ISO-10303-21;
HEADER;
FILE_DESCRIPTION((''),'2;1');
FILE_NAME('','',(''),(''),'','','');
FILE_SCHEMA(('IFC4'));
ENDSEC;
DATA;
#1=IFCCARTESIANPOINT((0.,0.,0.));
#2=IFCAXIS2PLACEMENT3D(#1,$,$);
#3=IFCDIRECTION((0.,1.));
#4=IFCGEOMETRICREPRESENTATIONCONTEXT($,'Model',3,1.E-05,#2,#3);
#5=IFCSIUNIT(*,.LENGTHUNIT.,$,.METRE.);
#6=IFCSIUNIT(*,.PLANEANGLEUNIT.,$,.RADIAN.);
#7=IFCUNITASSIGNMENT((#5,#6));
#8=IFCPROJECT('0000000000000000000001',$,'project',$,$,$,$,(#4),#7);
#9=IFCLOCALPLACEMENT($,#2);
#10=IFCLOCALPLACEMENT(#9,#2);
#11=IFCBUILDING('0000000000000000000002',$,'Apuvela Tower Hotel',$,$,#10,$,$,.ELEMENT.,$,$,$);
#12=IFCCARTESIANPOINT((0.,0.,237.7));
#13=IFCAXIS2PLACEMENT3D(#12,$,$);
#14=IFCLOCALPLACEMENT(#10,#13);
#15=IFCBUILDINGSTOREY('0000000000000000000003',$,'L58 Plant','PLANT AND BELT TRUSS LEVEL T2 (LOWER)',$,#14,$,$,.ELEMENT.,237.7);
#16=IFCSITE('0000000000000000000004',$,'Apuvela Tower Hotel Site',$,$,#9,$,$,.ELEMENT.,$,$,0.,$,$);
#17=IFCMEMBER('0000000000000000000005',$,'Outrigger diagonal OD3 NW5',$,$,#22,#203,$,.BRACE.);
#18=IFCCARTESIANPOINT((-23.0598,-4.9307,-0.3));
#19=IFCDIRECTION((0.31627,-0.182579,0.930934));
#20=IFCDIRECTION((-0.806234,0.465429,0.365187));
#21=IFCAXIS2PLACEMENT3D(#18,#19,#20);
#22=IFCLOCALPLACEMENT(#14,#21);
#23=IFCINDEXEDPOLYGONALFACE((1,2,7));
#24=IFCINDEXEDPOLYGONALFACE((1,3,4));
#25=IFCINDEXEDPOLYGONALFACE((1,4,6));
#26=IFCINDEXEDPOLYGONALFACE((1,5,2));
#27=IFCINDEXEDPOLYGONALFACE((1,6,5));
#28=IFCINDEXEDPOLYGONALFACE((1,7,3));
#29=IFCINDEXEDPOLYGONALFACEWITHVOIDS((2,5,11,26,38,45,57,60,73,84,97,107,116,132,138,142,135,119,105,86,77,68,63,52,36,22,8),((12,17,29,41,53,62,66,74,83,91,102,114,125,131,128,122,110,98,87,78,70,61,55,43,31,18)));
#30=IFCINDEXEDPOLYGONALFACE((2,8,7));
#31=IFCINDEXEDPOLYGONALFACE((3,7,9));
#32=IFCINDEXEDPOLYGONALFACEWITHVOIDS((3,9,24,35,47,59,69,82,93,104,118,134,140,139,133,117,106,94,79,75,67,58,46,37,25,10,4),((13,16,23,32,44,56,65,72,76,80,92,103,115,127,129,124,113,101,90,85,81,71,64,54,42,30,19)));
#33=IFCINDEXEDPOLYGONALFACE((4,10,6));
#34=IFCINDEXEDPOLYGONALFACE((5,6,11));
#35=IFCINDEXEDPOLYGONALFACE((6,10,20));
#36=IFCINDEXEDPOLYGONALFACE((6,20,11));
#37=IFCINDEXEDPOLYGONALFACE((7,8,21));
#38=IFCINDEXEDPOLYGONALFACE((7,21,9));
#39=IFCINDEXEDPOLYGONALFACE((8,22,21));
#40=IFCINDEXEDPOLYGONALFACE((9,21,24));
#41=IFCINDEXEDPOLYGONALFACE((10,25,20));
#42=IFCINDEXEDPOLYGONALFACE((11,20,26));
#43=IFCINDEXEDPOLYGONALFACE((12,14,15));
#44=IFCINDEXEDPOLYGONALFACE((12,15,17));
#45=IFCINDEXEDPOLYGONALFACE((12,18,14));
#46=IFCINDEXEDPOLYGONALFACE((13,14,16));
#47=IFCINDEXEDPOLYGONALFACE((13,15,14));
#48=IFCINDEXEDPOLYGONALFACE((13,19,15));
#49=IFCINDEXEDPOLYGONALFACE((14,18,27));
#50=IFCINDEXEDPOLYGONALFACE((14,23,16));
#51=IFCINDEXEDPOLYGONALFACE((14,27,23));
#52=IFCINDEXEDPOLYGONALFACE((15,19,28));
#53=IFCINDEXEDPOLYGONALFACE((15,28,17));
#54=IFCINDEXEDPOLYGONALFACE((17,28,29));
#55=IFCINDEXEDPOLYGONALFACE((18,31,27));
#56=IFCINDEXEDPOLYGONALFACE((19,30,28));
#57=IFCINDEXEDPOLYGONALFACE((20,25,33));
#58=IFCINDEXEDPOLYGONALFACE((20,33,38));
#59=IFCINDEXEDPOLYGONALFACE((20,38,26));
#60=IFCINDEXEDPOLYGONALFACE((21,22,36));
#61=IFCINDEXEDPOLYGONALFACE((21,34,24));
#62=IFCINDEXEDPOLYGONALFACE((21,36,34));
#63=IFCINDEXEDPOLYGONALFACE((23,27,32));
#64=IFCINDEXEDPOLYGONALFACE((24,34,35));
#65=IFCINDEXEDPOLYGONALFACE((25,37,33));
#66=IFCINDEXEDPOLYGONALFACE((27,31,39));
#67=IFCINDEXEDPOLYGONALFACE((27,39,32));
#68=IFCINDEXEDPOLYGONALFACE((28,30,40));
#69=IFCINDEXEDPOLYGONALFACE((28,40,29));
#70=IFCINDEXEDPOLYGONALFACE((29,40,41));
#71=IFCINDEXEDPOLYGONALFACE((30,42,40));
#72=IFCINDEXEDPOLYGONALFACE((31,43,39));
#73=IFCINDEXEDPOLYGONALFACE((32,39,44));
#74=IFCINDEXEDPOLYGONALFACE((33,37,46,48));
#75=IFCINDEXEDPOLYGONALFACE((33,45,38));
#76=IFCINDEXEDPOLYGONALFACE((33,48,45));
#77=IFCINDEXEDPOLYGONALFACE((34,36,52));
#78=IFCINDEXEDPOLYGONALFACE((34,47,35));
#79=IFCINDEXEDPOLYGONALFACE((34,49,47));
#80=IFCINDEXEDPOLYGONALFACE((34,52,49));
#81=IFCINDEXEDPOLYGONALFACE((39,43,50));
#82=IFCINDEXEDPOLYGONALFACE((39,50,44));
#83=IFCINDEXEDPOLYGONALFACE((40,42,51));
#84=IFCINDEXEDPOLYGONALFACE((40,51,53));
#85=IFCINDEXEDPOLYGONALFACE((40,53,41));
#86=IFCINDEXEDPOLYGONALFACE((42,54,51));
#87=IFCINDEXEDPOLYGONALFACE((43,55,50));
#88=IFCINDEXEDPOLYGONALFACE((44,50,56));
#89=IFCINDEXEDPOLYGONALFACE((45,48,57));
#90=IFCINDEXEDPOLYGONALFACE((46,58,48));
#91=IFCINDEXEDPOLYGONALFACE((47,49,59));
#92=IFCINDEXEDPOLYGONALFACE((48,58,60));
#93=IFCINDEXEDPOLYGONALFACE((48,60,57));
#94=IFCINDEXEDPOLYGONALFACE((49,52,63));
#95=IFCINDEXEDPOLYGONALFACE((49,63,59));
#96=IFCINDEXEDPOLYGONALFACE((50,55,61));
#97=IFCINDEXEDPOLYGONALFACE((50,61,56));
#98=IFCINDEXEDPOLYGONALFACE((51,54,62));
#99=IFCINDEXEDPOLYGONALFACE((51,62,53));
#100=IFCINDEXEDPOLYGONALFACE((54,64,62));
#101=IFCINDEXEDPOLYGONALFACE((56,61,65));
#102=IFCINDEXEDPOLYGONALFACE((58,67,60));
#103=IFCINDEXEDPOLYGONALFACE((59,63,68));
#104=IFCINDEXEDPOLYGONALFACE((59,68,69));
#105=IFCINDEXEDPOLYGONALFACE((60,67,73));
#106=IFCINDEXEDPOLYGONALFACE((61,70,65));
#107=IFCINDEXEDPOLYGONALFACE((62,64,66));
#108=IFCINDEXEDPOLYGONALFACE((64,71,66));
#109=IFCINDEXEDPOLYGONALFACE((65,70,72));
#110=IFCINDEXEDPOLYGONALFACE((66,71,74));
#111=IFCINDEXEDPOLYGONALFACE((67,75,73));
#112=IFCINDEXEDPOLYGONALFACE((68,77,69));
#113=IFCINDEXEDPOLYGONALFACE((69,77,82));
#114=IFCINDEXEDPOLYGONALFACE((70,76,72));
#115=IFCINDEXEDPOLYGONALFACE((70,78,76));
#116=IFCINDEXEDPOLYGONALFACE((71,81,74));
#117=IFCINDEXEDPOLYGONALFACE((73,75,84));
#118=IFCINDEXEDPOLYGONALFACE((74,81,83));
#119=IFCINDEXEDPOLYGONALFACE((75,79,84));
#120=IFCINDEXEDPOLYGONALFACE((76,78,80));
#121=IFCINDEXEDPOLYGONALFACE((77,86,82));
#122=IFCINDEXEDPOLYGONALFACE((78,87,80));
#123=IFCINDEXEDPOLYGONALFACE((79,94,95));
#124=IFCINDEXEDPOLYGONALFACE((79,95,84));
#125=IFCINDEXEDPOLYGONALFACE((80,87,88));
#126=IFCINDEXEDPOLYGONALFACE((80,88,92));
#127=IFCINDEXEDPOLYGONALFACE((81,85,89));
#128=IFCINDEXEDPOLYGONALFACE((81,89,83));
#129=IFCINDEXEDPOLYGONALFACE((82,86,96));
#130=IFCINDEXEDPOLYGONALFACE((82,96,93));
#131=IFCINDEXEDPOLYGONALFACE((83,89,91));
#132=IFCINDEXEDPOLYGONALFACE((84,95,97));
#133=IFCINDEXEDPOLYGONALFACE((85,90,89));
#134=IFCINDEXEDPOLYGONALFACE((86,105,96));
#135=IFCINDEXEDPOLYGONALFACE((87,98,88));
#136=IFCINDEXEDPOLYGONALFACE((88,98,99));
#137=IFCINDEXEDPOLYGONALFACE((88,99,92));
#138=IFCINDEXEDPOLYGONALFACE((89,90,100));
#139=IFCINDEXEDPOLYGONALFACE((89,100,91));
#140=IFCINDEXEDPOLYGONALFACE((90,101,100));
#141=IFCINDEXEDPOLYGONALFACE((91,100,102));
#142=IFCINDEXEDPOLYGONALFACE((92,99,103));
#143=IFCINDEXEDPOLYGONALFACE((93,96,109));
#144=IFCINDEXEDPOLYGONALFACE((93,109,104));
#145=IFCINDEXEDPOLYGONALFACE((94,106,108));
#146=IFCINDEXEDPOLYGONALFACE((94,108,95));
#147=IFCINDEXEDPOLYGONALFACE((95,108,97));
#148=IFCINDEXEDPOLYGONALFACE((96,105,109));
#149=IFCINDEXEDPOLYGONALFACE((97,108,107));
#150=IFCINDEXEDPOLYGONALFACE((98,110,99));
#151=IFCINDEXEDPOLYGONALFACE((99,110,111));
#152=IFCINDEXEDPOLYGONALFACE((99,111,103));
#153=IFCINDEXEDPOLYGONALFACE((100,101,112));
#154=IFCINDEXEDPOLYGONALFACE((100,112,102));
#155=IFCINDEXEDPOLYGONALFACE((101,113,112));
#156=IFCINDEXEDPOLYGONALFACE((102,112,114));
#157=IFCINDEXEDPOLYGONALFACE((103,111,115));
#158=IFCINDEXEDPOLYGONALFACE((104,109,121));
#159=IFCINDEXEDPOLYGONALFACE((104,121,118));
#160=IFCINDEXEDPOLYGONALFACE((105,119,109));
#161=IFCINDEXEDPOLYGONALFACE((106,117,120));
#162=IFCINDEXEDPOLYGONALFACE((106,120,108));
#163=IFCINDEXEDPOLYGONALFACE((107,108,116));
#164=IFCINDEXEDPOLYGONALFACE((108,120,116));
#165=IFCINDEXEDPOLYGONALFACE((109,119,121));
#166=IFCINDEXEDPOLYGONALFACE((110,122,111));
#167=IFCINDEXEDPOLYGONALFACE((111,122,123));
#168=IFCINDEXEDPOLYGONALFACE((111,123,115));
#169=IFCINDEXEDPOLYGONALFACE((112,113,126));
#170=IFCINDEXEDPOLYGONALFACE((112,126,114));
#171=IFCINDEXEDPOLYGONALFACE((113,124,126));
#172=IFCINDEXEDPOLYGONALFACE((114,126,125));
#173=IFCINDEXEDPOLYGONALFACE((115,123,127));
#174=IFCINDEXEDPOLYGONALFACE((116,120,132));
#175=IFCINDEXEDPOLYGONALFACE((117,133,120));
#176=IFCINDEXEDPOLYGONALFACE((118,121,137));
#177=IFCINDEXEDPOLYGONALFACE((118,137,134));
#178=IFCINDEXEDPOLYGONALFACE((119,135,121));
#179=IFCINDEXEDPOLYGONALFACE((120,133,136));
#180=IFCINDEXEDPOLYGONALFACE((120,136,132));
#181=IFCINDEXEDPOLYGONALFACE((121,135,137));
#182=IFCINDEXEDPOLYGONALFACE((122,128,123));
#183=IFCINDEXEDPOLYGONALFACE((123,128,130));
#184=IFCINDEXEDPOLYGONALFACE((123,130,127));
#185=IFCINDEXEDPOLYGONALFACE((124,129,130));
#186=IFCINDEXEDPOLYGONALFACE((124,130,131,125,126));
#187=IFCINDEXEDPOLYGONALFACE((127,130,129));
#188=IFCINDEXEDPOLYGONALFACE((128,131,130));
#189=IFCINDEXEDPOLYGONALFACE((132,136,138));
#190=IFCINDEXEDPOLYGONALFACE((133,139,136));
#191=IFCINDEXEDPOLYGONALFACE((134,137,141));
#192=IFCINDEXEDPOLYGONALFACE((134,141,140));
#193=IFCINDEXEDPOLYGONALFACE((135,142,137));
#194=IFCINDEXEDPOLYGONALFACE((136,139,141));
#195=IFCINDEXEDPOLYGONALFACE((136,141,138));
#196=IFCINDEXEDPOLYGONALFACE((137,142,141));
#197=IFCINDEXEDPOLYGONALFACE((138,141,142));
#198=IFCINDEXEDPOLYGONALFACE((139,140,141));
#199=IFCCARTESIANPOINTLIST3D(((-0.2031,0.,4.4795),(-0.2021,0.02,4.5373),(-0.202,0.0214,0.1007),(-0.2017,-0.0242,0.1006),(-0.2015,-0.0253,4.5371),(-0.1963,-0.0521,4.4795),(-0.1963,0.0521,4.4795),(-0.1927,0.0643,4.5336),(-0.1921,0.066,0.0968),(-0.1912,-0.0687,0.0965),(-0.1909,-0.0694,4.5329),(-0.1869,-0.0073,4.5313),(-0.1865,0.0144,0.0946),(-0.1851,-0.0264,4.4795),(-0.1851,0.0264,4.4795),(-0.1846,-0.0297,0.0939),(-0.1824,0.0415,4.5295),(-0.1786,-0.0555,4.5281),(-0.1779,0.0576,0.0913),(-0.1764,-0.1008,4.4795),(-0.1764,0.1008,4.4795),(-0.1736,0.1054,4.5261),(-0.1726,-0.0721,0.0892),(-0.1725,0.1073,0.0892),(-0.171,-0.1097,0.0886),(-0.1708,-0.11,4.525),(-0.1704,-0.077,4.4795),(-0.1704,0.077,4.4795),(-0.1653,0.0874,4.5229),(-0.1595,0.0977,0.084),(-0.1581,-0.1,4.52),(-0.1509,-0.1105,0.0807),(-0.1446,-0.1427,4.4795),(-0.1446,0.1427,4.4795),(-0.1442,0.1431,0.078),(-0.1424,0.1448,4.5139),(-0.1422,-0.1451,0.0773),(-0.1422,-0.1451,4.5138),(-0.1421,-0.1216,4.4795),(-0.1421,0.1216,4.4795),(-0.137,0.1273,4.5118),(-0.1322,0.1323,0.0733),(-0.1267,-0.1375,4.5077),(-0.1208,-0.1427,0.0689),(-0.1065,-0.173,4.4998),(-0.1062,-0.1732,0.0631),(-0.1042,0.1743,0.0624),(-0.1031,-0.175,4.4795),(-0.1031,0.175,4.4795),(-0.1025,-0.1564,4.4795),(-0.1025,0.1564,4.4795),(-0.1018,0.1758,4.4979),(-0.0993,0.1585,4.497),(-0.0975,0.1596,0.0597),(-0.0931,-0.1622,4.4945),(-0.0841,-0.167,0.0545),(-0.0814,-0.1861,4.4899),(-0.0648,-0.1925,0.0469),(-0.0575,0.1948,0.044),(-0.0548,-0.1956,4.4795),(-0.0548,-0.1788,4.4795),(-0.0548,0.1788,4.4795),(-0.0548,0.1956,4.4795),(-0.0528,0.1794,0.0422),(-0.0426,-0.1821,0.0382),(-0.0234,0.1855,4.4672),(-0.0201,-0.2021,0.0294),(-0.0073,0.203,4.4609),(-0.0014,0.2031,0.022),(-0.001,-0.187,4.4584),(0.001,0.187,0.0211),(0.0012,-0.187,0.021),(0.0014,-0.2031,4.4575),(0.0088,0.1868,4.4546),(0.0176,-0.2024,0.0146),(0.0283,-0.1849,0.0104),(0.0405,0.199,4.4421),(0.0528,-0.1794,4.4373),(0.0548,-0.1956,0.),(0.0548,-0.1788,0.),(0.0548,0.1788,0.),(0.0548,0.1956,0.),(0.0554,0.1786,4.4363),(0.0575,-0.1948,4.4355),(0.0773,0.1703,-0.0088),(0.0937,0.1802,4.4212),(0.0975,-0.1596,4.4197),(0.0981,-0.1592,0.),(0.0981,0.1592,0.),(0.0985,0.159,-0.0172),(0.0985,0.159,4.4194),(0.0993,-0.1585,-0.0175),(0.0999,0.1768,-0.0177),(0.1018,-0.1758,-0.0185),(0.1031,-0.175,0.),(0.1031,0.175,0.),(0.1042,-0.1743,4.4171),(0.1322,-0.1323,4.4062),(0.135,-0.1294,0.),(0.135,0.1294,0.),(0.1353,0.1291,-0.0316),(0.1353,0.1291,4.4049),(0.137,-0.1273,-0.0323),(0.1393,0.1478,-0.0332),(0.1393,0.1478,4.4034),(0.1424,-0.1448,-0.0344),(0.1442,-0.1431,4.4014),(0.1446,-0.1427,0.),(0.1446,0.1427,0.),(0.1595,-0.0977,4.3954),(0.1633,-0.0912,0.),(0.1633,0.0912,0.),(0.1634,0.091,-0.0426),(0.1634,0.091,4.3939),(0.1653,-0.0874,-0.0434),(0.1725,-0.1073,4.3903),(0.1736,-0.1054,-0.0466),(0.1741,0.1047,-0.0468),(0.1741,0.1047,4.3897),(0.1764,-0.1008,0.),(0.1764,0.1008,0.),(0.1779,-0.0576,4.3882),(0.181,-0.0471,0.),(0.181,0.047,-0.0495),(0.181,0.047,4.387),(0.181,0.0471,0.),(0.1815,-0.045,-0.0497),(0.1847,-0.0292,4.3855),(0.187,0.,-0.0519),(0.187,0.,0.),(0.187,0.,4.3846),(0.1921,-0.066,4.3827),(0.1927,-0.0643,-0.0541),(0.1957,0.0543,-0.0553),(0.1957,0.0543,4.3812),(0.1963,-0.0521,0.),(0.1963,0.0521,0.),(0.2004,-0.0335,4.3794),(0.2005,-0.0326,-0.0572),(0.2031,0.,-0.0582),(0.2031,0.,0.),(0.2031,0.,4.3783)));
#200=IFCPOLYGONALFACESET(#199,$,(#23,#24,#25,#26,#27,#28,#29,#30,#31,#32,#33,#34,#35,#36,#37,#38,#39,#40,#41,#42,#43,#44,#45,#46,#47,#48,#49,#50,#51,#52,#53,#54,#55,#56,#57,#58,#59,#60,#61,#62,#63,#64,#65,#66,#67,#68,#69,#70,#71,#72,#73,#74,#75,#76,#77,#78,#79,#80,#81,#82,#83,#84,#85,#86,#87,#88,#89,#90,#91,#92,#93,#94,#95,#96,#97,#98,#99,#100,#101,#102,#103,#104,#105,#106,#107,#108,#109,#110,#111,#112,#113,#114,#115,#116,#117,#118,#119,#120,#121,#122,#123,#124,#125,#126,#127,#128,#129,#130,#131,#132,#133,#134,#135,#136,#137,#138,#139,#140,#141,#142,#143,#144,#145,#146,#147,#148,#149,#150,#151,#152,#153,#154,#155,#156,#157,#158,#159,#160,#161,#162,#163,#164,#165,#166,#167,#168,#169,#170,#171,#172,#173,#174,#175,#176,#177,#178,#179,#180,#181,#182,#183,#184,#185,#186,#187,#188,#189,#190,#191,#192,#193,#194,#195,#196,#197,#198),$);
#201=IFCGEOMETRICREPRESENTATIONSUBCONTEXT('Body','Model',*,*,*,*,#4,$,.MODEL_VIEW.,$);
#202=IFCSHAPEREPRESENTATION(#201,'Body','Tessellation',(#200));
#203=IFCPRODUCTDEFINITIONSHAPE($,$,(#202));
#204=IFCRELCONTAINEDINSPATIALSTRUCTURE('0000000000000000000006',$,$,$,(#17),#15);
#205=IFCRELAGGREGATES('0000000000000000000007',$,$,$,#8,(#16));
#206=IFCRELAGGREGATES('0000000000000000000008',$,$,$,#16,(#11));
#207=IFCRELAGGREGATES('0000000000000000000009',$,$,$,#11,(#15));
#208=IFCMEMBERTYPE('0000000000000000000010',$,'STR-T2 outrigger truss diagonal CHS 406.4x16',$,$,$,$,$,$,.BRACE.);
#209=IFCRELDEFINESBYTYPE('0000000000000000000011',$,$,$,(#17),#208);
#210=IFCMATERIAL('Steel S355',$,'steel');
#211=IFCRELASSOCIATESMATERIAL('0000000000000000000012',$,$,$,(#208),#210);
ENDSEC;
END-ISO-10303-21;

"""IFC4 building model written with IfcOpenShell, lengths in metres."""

from ifc_helpers import new_model, si_unit, direction, frame, origin, origin_2d, place, context, subcontext, project, spatial, hollow_circle, extrude, boolean, halfspace, material, material_profile, profile_set, type_object, element, save


model = new_model("IFC4")

# Units and contexts
model_context = context("Model", 3, precision=1e-05, world=origin(), true_north=direction((0.0, 1.0)))
body_context = subcontext(model_context, "Body", "Model", "MODEL_VIEW")
ifc_project = project(units=[si_unit("LENGTHUNIT", "METRE"), si_unit("PLANEANGLEUNIT", "RADIAN")], contexts=[model_context])

# Site, building, storey
site_placement = place(None, origin())
site = spatial("IfcSite", under=ifc_project, at=site_placement, Name="Apuvela Tower Hotel Site", CompositionType="ELEMENT", RefElevation=0.0)
building_placement = place(site_placement, origin())
building = spatial("IfcBuilding", under=site, at=building_placement, Name="Apuvela Tower Hotel", CompositionType="ELEMENT")
storey_placement = place(building_placement, frame((0.0, 0.0, 237.7)))
storey = spatial("IfcBuildingStorey", under=building, at=storey_placement, Name="L58 Plant", Description="PLANT AND BELT TRUSS LEVEL T2 (LOWER)", CompositionType="ELEMENT", Elevation=237.7)

# Member
ifc_material_1 = material(Name="Steel S355", Category="steel")
ifc_material_profile_1 = material_profile(ifc_material_1, hollow_circle(Radius=0.2031, WallThickness=0.0161, at=origin_2d()), Name="CHS 406.4x16")
ifc_profile_set_1 = profile_set([ifc_material_profile_1], Name="Steel S355")
member_type_1 = type_object("IfcMemberType", Name="STR-T2 outrigger truss diagonal CHS 406.4x16", PredefinedType="BRACE", material=ifc_profile_set_1)
member_1_placement = place(storey_placement, frame((-23.0598, -4.9307, -0.3), z_axis=(0.31627, -0.182579, 0.930934), x_axis=(-0.806234, 0.465429, 0.365187)))
solid_1 = boolean("DIFFERENCE", boolean("DIFFERENCE", extrude(hollow_circle(Radius=0.2031, WallThickness=0.0161, at=origin_2d()), frame((0.0, 0.0, -0.1997)), (0.0, 0.0, 1.0), 4.8789), halfspace(frame((0.0, 0.0, 0.0215), z_axis=(0.365187, 0.0, 0.930934), x_axis=(0.930934, 0.0, -0.365187)), True)), halfspace(frame((0.0, 0.0, 4.458), z_axis=(0.365187, 0.0, 0.930934), x_axis=(0.930934, 0.0, -0.365187)), False))
element("IfcMember", 1, at=member_1_placement, inside=storey, type_object=member_type_1, Name="Outrigger diagonal OD3 NW5", PredefinedType="BRACE", context=body_context, shape_type="SweptSolid", body=[
    boolean("UNION", boolean("DIFFERENCE", boolean("DIFFERENCE", extrude(hollow_circle(Radius=0.2031, WallThickness=0.0161, at=origin_2d()), origin(), (0.0, 0.0, 1.0), 4.4795), halfspace(frame((0.0, 0.0, 0.0215), z_axis=(0.365187, 0.0, 0.930934), x_axis=(0.930934, 0.0, -0.365187)), True)), halfspace(frame((0.0, 0.0, 4.458), z_axis=(0.365187, 0.0, 0.930934), x_axis=(0.930934, 0.0, -0.365187)), False)), solid_1),
])

save(model, "model.ifc")
